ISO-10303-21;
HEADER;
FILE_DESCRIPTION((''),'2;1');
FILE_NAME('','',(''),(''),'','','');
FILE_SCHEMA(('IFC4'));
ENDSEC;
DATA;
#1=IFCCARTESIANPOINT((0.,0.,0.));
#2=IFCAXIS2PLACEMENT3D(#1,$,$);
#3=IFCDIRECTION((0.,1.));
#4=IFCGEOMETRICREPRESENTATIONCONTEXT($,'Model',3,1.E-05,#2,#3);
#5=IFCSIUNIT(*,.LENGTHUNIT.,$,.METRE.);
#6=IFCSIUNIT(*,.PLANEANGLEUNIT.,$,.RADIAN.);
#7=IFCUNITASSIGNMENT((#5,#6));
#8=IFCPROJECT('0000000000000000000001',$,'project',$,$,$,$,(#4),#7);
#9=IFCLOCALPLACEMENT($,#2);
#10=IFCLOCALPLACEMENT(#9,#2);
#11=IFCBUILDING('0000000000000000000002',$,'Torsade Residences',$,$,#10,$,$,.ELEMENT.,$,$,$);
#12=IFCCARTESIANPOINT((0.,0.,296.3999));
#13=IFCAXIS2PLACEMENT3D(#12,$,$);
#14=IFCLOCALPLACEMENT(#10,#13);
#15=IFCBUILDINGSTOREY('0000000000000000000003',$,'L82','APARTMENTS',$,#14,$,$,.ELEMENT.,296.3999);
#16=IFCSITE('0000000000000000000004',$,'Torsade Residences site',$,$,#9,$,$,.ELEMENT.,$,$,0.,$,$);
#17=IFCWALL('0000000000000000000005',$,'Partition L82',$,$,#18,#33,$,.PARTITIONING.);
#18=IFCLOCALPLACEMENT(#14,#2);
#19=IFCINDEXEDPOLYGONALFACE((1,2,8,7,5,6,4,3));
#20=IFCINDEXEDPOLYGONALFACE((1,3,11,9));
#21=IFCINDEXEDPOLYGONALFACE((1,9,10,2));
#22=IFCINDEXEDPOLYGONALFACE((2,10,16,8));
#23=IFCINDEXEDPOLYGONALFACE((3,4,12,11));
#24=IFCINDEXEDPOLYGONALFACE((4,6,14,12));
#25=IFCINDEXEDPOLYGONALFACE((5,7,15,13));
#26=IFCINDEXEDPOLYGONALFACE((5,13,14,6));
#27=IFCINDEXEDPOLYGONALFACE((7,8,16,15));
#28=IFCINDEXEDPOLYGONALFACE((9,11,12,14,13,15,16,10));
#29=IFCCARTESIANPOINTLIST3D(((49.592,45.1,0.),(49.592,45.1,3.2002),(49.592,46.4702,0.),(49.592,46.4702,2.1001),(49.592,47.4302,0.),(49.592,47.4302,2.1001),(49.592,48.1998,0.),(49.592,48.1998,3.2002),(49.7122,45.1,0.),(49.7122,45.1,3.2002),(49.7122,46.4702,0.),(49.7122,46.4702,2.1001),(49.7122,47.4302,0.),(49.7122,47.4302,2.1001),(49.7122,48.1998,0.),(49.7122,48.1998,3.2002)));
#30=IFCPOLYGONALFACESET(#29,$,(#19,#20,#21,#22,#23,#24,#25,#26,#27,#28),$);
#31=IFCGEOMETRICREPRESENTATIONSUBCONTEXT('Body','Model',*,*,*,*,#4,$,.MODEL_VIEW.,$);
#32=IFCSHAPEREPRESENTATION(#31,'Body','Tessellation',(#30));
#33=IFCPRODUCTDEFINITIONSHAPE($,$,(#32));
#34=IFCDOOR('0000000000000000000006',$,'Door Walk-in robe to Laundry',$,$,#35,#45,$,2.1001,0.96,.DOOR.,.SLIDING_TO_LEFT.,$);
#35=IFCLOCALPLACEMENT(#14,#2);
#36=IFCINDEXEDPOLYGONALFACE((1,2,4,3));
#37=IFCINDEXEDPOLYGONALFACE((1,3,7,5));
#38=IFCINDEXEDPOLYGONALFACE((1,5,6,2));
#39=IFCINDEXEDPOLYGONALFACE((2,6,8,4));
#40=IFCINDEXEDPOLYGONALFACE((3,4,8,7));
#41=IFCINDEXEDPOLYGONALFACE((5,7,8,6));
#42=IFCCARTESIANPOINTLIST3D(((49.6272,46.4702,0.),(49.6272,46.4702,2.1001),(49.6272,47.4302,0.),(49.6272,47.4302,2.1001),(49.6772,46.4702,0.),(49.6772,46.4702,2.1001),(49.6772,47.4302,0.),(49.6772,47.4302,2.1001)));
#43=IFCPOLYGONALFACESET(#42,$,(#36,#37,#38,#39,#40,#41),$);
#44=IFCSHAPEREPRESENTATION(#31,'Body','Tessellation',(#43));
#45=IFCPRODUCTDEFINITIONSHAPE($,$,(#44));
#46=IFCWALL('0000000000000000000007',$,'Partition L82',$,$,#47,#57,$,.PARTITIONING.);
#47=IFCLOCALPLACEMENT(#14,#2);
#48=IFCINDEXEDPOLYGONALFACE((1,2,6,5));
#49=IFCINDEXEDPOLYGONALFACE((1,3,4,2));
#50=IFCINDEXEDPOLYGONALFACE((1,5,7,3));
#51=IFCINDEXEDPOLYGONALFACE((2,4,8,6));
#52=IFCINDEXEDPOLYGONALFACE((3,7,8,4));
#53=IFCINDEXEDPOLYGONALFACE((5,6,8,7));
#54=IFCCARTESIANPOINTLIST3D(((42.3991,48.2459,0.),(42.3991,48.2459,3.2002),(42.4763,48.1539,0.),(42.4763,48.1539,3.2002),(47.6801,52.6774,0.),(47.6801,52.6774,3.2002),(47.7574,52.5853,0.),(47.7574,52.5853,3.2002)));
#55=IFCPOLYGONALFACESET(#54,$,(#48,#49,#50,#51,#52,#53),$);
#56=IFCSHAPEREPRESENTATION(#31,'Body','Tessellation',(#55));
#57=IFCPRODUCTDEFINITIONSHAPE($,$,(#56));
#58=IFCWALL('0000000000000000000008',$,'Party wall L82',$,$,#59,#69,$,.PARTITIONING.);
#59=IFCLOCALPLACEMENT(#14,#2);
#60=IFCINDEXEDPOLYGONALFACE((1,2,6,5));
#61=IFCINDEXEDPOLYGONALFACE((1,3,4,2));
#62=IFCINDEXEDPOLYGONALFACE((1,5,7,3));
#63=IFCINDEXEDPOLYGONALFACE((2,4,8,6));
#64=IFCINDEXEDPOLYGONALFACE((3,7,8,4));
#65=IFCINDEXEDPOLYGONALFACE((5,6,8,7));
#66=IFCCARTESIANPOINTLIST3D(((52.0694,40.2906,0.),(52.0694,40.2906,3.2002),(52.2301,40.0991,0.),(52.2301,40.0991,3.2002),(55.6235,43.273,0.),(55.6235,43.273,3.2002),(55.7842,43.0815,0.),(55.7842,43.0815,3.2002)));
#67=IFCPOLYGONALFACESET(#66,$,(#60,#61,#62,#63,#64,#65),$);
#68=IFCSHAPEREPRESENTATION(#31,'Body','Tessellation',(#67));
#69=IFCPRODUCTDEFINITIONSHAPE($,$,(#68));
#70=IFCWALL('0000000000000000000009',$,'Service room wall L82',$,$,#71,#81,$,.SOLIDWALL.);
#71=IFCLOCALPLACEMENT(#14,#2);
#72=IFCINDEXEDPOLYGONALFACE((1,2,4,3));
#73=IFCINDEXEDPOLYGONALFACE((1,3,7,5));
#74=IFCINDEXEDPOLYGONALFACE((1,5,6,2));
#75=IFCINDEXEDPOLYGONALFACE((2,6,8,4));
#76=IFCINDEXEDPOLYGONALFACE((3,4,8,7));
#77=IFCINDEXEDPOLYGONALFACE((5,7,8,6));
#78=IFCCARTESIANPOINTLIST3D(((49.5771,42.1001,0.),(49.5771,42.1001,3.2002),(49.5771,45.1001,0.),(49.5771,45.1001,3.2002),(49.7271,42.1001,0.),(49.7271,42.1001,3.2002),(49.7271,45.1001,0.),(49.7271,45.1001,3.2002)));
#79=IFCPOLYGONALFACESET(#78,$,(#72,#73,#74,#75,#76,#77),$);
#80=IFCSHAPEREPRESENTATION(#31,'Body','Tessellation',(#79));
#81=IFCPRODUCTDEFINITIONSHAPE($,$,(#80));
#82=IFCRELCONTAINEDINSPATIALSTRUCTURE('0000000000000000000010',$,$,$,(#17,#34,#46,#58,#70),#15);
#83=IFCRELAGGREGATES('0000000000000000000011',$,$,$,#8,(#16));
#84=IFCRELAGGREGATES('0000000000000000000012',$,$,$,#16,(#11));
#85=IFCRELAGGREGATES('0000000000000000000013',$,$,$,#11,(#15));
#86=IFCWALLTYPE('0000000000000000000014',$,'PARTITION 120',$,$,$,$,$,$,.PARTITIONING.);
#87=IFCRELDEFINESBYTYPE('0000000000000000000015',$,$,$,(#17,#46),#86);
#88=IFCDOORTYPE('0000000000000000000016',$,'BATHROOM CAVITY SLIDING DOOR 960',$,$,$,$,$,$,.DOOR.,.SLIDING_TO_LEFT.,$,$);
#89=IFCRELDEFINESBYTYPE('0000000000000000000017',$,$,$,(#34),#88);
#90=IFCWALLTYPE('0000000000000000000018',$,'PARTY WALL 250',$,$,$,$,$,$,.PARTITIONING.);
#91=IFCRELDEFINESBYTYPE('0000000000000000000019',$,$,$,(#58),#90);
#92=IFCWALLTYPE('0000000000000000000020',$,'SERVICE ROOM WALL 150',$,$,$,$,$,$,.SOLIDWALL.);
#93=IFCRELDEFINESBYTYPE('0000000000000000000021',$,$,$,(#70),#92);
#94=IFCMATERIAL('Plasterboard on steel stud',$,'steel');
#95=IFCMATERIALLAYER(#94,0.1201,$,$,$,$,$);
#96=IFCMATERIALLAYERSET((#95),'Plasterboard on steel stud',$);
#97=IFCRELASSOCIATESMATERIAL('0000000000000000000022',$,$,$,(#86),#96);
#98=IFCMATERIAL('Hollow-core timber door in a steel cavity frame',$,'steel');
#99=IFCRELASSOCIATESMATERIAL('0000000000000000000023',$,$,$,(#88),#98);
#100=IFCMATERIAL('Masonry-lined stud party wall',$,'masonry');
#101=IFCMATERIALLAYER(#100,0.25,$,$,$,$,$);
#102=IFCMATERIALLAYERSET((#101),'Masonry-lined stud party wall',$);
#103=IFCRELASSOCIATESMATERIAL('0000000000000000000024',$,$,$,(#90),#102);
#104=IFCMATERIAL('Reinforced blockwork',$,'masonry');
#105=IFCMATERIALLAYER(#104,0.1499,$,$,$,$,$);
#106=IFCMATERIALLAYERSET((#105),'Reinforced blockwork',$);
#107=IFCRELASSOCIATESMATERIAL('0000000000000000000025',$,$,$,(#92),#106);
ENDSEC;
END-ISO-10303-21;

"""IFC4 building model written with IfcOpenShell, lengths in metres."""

from ifc_helpers import new_model, si_unit, direction, frame, frame_2d, origin, place, context, subcontext, project, spatial, rectangle, extrude, material, layer, layer_set, type_object, element, fill, save


model = new_model("IFC4")

# Units and contexts
model_context = context("Model", 3, precision=1e-05, world=origin(), true_north=direction((0.0, 1.0)))
body_context = subcontext(model_context, "Body", "Model", "MODEL_VIEW")
ifc_project = project(units=[si_unit("LENGTHUNIT", "METRE"), si_unit("PLANEANGLEUNIT", "RADIAN")], contexts=[model_context])

# Site, building, storey
site_placement = place(None, origin())
site = spatial("IfcSite", under=ifc_project, at=site_placement, Name="Torsade Residences site", CompositionType="ELEMENT", RefElevation=0.0)
building_placement = place(site_placement, origin())
building = spatial("IfcBuilding", under=site, at=building_placement, Name="Torsade Residences", CompositionType="ELEMENT")
storey_placement = place(building_placement, frame((0.0, 0.0, 296.3999)))
storey = spatial("IfcBuildingStorey", under=building, at=storey_placement, Name="L82", Description="APARTMENTS", CompositionType="ELEMENT", Elevation=296.3999)

# Wall, opening, door
ifc_material_1 = material(Name="Plasterboard on steel stud", Category="steel")
ifc_layer_1 = layer(ifc_material_1, 0.1201)
ifc_layer_set_1 = layer_set([ifc_layer_1], Name="Plasterboard on steel stud")
wall_type_1 = type_object("IfcWallType", Name="PARTITION 120", PredefinedType="PARTITIONING", material=ifc_layer_set_1)
wall_1_placement = place(storey_placement, frame((49.6521, 45.1001, 0.0), z_axis=(0.0, 0.0, 1.0), x_axis=(0.0, 1.0, 0.0)))
wall_1 = element("IfcWall", 1, at=wall_1_placement, inside=storey, type_object=wall_type_1, Name="Partition L82", PredefinedType="PARTITIONING", context=body_context, shape_type="SweptSolid", body=[
    extrude(rectangle(XDim=3.0999, YDim=0.1201, at=frame_2d((1.5498, 0.0))), origin(), (0.0, 0.0, 1.0), 3.2002),
])
opening_placement = place(wall_1_placement, frame((1.3701, 0.0, 0.0)))
opening = element("IfcOpeningElement", 2, at=opening_placement, cuts=wall_1, PredefinedType="OPENING", context=body_context, shape_type="SweptSolid", body=[
    extrude(rectangle(XDim=0.96, YDim=2.1001, at=frame_2d((0.48, 1.05))), frame((0.0, 0.0701, 0.0), z_axis=(0.0, -1.0, 0.0), x_axis=(1.0, 0.0, 0.0)), (0.0, 0.0, 1.0), 0.1401),
])
ifc_material_2 = material(Name="Hollow-core timber door in a steel cavity frame", Category="steel")
door_type = type_object("IfcDoorType", Name="BATHROOM CAVITY SLIDING DOOR 960", OperationType="SLIDING_TO_LEFT", PredefinedType="DOOR", material=ifc_material_2)
door_placement = place(opening_placement, origin())
door = element("IfcDoor", 3, at=door_placement, inside=storey, type_object=door_type, Name="Door Walk-in robe to Laundry", OperationType="SLIDING_TO_LEFT", OverallHeight=2.1001, OverallWidth=0.96, PredefinedType="DOOR", context=body_context, shape_type="SweptSolid", body=[
    extrude(rectangle(XDim=0.96, YDim=2.1001, at=frame_2d((0.48, 1.05))), frame((0.0, 0.0249, 0.0), z_axis=(0.0, -1.0, 0.0), x_axis=(1.0, 0.0, 0.0)), (0.0, 0.0, 1.0), 0.05),
])
fill(opening, door)

# Walls
wall_2_placement = place(storey_placement, frame((47.7188, 52.6313, 0.0), z_axis=(0.0, 0.0, 1.0), x_axis=(-0.766037, -0.642797, 0.0)))
element("IfcWall", 4, at=wall_2_placement, inside=storey, type_object=wall_type_1, Name="Partition L82", PredefinedType="PARTITIONING", context=body_context, shape_type="SweptSolid", body=[
    extrude(rectangle(XDim=6.894, YDim=0.1201, at=frame_2d((3.447, 0.0))), origin(), (0.0, 0.0, 1.0), 3.2002),
])
ifc_material_3 = material(Name="Masonry-lined stud party wall", Category="masonry")
ifc_layer_2 = layer(ifc_material_3, 0.25)
ifc_layer_set_2 = layer_set([ifc_layer_2], Name="Masonry-lined stud party wall")
wall_type_2 = type_object("IfcWallType", Name="PARTY WALL 250", PredefinedType="PARTITIONING", material=ifc_layer_set_2)
wall_3_placement = place(storey_placement, frame((55.7039, 43.1772, 0.0), z_axis=(0.0, 0.0, 1.0), x_axis=(-0.766034, -0.6428, 0.0)))
element("IfcWall", 5, at=wall_3_placement, inside=storey, type_object=wall_type_2, Name="Party wall L82", PredefinedType="PARTITIONING", context=body_context, shape_type="SweptSolid", body=[
    extrude(rectangle(XDim=4.6396, YDim=0.25, at=frame_2d((2.3198, 0.0))), origin(), (0.0, 0.0, 1.0), 3.2002),
])
ifc_material_4 = material(Name="Reinforced blockwork", Category="masonry")
ifc_layer_3 = layer(ifc_material_4, 0.1499)
ifc_layer_set_3 = layer_set([ifc_layer_3], Name="Reinforced blockwork")
wall_type_3 = type_object("IfcWallType", Name="SERVICE ROOM WALL 150", PredefinedType="SOLIDWALL", material=ifc_layer_set_3)
wall_4_placement = place(storey_placement, frame((49.6521, 42.1001, 0.0), z_axis=(0.0, 0.0, 1.0), x_axis=(0.0, 1.0, 0.0)))
element("IfcWall", 6, at=wall_4_placement, inside=storey, type_object=wall_type_3, Name="Service room wall L82", PredefinedType="SOLIDWALL", context=body_context, shape_type="SweptSolid", body=[
    extrude(rectangle(XDim=3.0, YDim=0.1499, at=frame_2d((1.5, 0.0))), origin(), (0.0, 0.0, 1.0), 3.2002),
])

save(model, "model.ifc")
